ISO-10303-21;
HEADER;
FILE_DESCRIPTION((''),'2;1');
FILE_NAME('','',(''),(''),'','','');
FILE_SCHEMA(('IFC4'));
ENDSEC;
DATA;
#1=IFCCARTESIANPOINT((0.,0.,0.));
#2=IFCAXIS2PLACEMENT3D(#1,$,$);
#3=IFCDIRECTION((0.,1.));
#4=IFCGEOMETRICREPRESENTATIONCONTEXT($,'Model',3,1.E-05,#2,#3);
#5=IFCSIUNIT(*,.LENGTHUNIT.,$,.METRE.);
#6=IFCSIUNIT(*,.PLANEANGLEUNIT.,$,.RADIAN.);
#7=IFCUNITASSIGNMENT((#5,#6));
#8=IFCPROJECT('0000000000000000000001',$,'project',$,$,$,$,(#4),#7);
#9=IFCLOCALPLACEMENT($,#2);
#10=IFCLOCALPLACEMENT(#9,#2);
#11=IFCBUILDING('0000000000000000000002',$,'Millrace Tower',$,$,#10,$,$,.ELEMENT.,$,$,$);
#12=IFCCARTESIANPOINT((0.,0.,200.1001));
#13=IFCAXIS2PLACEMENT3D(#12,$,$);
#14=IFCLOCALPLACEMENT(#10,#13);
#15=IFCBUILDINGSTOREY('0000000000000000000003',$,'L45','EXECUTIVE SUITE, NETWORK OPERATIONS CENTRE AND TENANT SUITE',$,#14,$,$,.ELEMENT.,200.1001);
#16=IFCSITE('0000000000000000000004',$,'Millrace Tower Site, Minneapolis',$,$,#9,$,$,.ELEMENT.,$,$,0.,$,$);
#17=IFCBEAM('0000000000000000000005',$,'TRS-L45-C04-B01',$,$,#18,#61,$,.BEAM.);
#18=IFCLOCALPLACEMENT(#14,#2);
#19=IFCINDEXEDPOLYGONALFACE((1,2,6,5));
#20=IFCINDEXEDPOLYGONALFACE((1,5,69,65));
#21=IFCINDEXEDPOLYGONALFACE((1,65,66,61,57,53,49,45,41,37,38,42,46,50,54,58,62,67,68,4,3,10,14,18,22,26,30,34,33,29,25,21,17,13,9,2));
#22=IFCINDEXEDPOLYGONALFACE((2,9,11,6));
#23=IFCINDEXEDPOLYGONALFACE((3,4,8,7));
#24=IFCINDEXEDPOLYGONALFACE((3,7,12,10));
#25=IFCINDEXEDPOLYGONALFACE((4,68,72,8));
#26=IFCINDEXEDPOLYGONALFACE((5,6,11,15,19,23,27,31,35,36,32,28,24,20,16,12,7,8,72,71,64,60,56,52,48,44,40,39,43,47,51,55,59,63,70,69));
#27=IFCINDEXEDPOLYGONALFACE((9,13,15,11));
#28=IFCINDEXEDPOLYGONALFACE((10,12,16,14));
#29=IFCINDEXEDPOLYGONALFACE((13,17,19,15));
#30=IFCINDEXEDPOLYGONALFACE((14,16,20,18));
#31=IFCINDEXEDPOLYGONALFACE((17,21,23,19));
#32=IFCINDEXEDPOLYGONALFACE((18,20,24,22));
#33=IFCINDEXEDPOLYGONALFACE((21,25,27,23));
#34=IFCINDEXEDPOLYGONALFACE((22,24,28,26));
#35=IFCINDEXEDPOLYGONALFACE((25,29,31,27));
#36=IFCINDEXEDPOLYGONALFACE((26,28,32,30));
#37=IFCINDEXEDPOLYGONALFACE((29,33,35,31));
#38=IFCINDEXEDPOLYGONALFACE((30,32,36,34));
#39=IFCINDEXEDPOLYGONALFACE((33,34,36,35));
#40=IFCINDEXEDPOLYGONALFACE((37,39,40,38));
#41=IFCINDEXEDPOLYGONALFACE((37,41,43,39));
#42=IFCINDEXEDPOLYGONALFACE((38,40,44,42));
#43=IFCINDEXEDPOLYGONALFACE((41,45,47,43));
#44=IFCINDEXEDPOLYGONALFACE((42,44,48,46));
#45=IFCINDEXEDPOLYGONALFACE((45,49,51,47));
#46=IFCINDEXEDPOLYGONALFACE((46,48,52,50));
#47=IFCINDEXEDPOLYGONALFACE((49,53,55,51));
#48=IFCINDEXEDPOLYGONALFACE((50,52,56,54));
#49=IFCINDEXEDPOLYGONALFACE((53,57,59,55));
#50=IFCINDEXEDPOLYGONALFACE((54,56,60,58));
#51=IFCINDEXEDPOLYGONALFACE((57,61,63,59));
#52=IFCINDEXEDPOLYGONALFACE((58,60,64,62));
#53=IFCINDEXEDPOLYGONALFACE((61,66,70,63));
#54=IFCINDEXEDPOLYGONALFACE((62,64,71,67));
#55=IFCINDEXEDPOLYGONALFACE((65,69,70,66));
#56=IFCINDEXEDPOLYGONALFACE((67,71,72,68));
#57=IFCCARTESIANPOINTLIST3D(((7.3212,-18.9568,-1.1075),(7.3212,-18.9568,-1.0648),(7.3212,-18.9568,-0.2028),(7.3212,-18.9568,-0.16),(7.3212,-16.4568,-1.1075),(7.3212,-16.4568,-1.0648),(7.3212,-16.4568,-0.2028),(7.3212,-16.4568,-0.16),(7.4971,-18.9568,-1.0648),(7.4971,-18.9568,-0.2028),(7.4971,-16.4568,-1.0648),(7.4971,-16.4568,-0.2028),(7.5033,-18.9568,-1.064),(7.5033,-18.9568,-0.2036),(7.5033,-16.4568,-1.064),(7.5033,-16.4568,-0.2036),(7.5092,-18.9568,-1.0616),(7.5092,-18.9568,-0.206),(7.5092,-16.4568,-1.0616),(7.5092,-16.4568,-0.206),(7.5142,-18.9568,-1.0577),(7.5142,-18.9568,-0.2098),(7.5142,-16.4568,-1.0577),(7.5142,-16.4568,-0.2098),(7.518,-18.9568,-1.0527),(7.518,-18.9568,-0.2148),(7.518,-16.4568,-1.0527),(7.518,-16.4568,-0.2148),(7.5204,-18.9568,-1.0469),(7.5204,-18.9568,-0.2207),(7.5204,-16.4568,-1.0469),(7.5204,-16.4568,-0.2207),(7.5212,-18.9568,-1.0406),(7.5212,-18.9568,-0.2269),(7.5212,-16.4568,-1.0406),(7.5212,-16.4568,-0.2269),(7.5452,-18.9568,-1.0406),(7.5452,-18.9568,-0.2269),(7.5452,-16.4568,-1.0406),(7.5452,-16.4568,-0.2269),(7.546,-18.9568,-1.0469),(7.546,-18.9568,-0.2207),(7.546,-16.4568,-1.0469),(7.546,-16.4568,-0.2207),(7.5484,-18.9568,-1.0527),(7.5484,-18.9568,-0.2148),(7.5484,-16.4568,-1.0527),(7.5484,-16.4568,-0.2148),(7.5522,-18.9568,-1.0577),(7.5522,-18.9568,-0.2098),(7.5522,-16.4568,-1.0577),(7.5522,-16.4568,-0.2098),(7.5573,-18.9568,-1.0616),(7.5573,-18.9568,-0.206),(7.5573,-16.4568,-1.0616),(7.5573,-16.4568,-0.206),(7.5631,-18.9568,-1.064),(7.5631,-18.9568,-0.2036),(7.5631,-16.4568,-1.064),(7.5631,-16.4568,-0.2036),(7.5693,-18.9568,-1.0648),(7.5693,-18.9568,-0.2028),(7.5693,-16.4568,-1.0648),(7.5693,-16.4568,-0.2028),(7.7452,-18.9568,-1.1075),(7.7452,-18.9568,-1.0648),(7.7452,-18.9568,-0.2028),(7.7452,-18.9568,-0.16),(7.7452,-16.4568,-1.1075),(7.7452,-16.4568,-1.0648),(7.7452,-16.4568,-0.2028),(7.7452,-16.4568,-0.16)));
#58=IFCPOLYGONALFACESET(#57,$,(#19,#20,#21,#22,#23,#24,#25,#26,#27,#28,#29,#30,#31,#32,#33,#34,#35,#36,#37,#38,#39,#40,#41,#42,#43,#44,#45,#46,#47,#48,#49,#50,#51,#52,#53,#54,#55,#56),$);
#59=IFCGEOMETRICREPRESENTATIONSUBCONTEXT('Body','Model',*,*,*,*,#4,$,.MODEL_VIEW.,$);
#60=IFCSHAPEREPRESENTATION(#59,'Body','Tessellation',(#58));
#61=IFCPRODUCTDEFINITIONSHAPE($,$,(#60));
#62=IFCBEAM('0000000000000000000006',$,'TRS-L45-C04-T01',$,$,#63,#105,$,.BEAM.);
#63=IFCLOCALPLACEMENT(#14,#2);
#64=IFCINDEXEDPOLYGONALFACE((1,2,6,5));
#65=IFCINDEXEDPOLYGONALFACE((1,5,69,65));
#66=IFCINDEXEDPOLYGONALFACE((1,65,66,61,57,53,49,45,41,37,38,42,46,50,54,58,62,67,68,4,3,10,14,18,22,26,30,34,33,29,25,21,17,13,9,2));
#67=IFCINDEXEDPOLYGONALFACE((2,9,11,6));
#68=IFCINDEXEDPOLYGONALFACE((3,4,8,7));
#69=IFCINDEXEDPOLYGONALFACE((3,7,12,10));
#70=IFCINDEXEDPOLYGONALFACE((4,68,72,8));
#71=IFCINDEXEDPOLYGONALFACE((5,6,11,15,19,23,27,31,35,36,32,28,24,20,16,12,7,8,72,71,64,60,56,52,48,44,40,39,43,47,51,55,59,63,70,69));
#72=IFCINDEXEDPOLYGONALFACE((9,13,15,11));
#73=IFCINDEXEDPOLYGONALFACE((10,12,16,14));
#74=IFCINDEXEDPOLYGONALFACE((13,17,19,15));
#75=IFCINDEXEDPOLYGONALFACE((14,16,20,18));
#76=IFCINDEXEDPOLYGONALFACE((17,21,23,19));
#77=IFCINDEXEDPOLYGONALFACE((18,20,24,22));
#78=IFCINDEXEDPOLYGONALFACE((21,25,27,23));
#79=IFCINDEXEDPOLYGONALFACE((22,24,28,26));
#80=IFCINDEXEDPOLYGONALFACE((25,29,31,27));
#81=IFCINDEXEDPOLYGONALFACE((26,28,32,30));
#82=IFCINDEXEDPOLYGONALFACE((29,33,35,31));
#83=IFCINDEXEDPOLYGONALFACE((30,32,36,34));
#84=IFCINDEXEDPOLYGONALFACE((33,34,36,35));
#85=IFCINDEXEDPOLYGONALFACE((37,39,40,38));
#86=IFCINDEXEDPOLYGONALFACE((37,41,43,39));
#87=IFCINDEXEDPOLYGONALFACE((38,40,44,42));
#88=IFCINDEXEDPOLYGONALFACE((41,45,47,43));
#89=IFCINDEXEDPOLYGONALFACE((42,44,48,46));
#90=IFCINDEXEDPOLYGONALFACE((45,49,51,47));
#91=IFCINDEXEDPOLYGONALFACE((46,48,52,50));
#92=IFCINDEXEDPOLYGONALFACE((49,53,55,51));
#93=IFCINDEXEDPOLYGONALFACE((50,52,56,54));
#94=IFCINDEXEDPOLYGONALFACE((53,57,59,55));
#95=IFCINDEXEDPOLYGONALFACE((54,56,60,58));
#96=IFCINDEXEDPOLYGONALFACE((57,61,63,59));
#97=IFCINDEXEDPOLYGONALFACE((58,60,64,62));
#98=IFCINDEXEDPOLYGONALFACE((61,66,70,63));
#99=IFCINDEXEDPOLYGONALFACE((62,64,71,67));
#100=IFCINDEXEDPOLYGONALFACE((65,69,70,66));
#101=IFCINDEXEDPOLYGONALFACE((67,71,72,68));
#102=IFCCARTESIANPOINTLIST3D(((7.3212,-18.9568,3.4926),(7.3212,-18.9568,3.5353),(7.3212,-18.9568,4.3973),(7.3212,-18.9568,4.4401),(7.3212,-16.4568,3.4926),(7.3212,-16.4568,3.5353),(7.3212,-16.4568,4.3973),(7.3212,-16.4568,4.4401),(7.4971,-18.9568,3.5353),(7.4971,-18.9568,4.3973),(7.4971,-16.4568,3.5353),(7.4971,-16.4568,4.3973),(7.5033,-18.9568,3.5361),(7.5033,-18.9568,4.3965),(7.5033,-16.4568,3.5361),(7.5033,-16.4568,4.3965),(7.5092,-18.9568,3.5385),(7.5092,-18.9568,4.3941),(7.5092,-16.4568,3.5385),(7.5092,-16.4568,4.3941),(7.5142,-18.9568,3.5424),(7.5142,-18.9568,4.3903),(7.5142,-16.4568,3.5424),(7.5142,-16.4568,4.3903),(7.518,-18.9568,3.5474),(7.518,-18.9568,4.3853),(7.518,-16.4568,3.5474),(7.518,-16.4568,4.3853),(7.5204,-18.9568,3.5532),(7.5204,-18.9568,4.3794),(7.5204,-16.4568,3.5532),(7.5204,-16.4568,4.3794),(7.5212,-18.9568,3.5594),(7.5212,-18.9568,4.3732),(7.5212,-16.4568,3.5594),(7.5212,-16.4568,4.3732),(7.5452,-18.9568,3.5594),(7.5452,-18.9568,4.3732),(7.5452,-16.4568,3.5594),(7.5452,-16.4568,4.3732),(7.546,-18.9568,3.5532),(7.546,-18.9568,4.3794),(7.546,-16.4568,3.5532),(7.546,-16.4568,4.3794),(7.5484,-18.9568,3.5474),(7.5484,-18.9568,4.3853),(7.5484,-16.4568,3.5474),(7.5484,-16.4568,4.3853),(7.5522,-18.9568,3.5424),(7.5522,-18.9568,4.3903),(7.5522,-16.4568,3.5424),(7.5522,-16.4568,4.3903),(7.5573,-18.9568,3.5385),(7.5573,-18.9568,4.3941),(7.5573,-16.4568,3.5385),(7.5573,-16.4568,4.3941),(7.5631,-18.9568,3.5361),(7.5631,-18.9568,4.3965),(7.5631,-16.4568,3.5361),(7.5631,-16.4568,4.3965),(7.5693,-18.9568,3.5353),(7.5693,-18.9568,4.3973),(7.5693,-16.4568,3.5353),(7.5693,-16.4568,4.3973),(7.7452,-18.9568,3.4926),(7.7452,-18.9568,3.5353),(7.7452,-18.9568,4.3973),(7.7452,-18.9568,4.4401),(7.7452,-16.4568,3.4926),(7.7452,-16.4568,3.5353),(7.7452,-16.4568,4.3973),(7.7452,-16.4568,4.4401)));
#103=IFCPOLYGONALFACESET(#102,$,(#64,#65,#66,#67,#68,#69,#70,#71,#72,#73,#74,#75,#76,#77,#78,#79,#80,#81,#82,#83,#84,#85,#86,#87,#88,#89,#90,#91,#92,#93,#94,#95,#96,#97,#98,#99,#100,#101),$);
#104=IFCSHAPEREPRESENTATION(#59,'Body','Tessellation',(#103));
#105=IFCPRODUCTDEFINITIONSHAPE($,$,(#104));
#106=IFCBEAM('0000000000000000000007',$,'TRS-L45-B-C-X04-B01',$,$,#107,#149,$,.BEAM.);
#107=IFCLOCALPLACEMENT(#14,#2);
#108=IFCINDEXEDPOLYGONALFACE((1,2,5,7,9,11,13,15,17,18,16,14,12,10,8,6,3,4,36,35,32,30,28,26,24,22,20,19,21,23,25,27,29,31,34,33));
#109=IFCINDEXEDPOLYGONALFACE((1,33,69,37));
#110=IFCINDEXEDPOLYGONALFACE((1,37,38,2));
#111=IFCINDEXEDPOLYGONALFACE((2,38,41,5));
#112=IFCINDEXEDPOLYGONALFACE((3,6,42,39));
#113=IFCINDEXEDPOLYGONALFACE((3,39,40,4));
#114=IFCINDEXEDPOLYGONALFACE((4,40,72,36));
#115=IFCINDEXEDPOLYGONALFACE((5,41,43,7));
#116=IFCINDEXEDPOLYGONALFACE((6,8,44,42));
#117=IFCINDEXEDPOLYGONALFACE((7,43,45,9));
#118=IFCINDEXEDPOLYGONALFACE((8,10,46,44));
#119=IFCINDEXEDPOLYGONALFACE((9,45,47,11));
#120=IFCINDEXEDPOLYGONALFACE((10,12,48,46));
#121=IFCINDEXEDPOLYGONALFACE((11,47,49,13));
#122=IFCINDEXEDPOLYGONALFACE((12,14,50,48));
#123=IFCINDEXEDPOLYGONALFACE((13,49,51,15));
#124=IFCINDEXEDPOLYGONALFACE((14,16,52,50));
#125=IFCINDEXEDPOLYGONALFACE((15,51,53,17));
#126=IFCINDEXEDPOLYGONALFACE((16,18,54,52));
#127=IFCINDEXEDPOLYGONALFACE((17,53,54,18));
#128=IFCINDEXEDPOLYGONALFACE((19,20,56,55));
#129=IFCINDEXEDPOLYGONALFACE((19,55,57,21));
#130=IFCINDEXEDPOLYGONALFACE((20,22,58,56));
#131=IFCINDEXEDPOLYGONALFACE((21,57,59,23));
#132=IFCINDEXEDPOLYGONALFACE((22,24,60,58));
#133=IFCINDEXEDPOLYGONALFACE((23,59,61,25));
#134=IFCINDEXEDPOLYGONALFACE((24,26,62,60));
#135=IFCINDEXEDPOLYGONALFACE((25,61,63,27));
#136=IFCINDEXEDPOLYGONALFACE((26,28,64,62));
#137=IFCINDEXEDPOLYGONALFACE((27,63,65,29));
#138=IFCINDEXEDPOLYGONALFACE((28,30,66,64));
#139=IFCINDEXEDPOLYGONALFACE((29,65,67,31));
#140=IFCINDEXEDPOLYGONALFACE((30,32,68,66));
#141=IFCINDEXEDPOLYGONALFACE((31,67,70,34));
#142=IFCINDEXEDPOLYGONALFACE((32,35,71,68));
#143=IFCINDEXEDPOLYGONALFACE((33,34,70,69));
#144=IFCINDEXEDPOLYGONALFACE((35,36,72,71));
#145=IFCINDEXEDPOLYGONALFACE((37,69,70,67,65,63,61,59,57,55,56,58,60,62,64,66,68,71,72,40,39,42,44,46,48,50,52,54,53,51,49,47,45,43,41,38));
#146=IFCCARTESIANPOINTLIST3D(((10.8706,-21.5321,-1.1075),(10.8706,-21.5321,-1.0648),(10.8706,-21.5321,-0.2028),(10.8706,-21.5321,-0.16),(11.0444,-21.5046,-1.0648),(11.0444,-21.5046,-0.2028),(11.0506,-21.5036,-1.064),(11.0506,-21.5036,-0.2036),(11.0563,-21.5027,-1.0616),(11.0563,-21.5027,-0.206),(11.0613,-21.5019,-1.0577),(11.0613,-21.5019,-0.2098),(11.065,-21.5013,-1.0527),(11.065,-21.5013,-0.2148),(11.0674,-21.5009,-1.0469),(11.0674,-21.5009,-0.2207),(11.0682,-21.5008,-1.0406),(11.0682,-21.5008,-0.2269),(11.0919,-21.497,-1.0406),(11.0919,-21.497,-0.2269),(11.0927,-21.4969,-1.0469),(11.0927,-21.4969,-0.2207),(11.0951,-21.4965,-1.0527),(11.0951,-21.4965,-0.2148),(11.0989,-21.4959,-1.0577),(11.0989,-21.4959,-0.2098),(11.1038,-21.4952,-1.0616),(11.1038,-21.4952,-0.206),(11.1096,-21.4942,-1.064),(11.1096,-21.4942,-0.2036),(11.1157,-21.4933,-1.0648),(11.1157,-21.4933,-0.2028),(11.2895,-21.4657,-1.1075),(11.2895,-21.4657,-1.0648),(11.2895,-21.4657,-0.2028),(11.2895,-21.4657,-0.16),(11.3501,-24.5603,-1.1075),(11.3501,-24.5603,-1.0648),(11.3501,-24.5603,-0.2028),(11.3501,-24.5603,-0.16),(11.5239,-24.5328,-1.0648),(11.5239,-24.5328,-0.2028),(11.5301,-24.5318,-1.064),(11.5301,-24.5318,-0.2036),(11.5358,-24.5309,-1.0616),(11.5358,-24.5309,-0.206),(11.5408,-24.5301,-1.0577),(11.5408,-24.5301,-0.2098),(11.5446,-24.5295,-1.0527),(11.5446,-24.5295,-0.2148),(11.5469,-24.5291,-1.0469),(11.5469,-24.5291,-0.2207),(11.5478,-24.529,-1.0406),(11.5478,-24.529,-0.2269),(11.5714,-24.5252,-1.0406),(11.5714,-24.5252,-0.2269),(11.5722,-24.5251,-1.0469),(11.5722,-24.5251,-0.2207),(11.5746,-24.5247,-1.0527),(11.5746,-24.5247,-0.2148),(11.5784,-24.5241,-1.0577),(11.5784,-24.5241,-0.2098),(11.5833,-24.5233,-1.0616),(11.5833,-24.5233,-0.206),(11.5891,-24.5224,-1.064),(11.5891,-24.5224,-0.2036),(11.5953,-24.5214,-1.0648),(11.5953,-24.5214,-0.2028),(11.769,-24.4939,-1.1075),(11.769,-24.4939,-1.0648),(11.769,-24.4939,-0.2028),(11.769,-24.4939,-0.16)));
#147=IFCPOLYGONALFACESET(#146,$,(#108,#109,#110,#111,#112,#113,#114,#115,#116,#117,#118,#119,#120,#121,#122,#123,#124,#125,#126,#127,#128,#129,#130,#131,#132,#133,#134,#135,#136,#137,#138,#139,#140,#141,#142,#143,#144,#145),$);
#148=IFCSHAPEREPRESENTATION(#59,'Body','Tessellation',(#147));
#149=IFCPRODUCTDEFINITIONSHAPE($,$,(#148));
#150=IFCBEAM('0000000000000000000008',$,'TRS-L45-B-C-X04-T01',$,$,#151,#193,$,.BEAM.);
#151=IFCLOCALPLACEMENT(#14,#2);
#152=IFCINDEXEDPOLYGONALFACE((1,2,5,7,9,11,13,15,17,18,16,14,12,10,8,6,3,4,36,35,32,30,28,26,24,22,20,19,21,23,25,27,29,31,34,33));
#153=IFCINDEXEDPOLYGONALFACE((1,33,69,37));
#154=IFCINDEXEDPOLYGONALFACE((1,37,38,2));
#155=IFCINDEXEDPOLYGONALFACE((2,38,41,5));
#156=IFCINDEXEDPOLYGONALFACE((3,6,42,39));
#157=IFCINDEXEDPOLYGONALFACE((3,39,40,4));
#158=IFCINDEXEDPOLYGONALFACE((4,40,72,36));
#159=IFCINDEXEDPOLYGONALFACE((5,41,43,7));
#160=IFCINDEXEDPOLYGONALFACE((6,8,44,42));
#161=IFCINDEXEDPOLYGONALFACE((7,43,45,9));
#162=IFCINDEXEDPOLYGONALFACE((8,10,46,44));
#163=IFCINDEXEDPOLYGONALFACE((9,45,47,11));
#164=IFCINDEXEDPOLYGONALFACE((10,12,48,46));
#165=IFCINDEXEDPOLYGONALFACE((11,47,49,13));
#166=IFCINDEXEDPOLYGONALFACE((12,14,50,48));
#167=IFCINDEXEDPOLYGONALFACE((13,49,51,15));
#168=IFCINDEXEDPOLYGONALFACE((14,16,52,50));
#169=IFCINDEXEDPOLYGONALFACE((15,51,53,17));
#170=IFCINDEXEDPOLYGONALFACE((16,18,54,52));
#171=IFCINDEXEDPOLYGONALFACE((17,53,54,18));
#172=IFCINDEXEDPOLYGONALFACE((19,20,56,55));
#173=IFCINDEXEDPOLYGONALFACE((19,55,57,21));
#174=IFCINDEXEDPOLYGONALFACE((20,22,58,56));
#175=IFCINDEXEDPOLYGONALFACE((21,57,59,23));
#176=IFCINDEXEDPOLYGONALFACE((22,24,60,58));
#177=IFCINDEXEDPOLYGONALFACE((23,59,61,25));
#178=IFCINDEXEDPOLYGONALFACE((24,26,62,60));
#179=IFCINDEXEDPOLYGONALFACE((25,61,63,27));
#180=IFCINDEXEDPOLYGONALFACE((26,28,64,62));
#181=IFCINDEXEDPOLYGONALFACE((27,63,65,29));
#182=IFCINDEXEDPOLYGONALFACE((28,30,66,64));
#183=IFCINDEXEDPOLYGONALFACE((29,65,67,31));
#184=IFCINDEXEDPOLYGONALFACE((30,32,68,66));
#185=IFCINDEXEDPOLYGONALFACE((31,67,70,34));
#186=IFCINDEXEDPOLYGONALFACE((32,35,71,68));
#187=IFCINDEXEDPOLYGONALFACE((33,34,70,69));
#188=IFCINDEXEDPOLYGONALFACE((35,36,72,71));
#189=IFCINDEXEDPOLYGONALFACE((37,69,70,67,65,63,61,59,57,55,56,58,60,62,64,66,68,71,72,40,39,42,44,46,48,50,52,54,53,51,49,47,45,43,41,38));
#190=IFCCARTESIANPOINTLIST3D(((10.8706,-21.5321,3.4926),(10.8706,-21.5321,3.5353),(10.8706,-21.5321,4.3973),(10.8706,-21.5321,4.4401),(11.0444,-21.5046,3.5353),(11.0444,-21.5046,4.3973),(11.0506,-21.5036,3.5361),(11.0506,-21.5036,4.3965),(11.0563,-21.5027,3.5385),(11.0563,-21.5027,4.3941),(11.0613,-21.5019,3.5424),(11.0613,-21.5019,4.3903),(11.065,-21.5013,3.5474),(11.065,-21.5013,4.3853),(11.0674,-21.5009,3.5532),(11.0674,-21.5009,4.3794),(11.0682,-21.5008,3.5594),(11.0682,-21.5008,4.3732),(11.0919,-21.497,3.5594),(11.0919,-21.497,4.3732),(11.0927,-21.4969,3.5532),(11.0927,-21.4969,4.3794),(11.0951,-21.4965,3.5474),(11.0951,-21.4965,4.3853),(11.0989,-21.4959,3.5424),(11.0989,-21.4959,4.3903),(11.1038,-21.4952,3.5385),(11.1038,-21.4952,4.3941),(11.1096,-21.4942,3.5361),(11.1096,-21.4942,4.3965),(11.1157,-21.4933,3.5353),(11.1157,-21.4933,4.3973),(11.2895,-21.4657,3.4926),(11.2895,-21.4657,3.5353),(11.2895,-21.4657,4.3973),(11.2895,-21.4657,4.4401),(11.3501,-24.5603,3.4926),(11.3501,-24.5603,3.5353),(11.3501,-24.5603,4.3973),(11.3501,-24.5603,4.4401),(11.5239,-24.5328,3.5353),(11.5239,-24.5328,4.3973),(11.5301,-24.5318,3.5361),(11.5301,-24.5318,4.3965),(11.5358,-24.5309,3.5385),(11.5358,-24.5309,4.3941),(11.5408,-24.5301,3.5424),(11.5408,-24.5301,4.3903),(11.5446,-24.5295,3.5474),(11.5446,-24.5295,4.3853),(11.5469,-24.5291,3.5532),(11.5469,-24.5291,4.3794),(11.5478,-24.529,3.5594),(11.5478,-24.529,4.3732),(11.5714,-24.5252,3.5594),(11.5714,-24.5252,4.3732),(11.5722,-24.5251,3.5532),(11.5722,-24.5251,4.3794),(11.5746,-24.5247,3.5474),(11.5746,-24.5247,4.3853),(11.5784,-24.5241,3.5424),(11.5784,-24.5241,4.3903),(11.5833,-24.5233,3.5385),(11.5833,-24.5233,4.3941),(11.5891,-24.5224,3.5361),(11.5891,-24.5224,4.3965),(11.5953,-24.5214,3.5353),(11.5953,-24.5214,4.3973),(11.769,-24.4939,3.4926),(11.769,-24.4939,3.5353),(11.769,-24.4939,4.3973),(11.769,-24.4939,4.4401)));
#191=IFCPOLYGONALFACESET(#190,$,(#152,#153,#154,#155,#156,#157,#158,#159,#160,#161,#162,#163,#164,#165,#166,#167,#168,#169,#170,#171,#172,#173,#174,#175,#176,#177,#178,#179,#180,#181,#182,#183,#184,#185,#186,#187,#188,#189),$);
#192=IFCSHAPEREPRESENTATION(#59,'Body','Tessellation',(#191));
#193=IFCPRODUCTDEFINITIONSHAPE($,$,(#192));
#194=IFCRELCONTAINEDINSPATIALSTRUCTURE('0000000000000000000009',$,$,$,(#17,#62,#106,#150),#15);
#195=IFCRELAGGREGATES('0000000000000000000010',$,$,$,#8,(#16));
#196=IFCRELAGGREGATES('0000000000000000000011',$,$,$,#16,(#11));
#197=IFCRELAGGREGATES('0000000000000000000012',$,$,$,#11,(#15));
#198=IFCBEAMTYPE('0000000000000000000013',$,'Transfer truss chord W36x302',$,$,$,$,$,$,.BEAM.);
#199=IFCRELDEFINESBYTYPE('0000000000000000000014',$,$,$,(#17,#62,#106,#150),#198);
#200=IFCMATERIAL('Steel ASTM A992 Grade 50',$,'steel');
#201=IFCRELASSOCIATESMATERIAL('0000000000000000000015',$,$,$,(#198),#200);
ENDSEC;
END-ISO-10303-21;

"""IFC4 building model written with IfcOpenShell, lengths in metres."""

from ifc_helpers import new_model, si_unit, direction, frame, origin, origin_2d, place, context, subcontext, project, spatial, i_section, extrude, material, material_profile, profile_set, type_object, element, save


model = new_model("IFC4")

# Units and contexts
model_context = context("Model", 3, precision=1e-05, world=origin(), true_north=direction((0.0, 1.0)))
body_context = subcontext(model_context, "Body", "Model", "MODEL_VIEW")
ifc_project = project(units=[si_unit("LENGTHUNIT", "METRE"), si_unit("PLANEANGLEUNIT", "RADIAN")], contexts=[model_context])

# Site, building, storey
site_placement = place(None, origin())
site = spatial("IfcSite", under=ifc_project, at=site_placement, Name="Millrace Tower Site, Minneapolis", CompositionType="ELEMENT", RefElevation=0.0)
building_placement = place(site_placement, origin())
building = spatial("IfcBuilding", under=site, at=building_placement, Name="Millrace Tower", CompositionType="ELEMENT")
storey_placement = place(building_placement, frame((0.0, 0.0, 200.1001)))
storey = spatial("IfcBuildingStorey", under=building, at=storey_placement, Name="L45", Description="EXECUTIVE SUITE, NETWORK OPERATIONS CENTRE AND TENANT SUITE", CompositionType="ELEMENT", Elevation=200.1001)

# Beams
ifc_material_1 = material(Name="Steel ASTM A992 Grade 50", Category="steel")
ifc_material_profile_1 = material_profile(ifc_material_1, i_section(OverallWidth=0.4241, OverallDepth=0.9475, WebThickness=0.0239, FlangeThickness=0.0427, FilletRadius=0.0242, at=origin_2d()))
ifc_profile_set_1 = profile_set([ifc_material_profile_1], Name="Steel ASTM A992 Grade 50")
beam_type = type_object("IfcBeamType", Name="Transfer truss chord W36x302", PredefinedType="BEAM", material=ifc_profile_set_1)
for number, where, z_axis, x_axis, name in (
    (1, (7.5332, -18.9568, -0.6338), (0.0, 1.0, 0.0), (-1.0, 0.0, 0.0), "TRS-L45-C04-B01"),
    (2, (7.5332, -18.9568, 3.9663), (0.0, 1.0, 0.0), (-1.0, 0.0, 0.0), "TRS-L45-C04-T01"),
):
    element("IfcBeam", number, at=place(storey_placement, frame(where, z_axis=z_axis, x_axis=x_axis)), inside=storey, type_object=beam_type, Name=name, PredefinedType="BEAM", context=body_context, shape_type="SweptSolid", body=[
        extrude(i_section(OverallWidth=0.4241, OverallDepth=0.9475, WebThickness=0.0239, FlangeThickness=0.0427, FilletRadius=0.0242, at=origin_2d()), origin(), (0.0, 0.0, 1.0), 2.5),
    ])
for number, where, z_axis, x_axis, name in (
    (3, (11.5596, -24.5271, -0.6338), (-0.1564, 0.987694, 0.0), (-0.987694, -0.1564, 0.0), "TRS-L45-B-C-X04-B01"),
    (4, (11.5596, -24.5271, 3.9663), (-0.1564, 0.987694, 0.0), (-0.987694, -0.1564, 0.0), "TRS-L45-B-C-X04-T01"),
):
    element("IfcBeam", number, at=place(storey_placement, frame(where, z_axis=z_axis, x_axis=x_axis)), inside=storey, type_object=beam_type, Name=name, PredefinedType="BEAM", context=body_context, shape_type="SweptSolid", body=[
        extrude(i_section(OverallWidth=0.4241, OverallDepth=0.9475, WebThickness=0.0239, FlangeThickness=0.0427, FilletRadius=0.0242, at=origin_2d()), origin(), (0.0, 0.0, 1.0), 3.0659),
    ])

save(model, "model.ifc")
